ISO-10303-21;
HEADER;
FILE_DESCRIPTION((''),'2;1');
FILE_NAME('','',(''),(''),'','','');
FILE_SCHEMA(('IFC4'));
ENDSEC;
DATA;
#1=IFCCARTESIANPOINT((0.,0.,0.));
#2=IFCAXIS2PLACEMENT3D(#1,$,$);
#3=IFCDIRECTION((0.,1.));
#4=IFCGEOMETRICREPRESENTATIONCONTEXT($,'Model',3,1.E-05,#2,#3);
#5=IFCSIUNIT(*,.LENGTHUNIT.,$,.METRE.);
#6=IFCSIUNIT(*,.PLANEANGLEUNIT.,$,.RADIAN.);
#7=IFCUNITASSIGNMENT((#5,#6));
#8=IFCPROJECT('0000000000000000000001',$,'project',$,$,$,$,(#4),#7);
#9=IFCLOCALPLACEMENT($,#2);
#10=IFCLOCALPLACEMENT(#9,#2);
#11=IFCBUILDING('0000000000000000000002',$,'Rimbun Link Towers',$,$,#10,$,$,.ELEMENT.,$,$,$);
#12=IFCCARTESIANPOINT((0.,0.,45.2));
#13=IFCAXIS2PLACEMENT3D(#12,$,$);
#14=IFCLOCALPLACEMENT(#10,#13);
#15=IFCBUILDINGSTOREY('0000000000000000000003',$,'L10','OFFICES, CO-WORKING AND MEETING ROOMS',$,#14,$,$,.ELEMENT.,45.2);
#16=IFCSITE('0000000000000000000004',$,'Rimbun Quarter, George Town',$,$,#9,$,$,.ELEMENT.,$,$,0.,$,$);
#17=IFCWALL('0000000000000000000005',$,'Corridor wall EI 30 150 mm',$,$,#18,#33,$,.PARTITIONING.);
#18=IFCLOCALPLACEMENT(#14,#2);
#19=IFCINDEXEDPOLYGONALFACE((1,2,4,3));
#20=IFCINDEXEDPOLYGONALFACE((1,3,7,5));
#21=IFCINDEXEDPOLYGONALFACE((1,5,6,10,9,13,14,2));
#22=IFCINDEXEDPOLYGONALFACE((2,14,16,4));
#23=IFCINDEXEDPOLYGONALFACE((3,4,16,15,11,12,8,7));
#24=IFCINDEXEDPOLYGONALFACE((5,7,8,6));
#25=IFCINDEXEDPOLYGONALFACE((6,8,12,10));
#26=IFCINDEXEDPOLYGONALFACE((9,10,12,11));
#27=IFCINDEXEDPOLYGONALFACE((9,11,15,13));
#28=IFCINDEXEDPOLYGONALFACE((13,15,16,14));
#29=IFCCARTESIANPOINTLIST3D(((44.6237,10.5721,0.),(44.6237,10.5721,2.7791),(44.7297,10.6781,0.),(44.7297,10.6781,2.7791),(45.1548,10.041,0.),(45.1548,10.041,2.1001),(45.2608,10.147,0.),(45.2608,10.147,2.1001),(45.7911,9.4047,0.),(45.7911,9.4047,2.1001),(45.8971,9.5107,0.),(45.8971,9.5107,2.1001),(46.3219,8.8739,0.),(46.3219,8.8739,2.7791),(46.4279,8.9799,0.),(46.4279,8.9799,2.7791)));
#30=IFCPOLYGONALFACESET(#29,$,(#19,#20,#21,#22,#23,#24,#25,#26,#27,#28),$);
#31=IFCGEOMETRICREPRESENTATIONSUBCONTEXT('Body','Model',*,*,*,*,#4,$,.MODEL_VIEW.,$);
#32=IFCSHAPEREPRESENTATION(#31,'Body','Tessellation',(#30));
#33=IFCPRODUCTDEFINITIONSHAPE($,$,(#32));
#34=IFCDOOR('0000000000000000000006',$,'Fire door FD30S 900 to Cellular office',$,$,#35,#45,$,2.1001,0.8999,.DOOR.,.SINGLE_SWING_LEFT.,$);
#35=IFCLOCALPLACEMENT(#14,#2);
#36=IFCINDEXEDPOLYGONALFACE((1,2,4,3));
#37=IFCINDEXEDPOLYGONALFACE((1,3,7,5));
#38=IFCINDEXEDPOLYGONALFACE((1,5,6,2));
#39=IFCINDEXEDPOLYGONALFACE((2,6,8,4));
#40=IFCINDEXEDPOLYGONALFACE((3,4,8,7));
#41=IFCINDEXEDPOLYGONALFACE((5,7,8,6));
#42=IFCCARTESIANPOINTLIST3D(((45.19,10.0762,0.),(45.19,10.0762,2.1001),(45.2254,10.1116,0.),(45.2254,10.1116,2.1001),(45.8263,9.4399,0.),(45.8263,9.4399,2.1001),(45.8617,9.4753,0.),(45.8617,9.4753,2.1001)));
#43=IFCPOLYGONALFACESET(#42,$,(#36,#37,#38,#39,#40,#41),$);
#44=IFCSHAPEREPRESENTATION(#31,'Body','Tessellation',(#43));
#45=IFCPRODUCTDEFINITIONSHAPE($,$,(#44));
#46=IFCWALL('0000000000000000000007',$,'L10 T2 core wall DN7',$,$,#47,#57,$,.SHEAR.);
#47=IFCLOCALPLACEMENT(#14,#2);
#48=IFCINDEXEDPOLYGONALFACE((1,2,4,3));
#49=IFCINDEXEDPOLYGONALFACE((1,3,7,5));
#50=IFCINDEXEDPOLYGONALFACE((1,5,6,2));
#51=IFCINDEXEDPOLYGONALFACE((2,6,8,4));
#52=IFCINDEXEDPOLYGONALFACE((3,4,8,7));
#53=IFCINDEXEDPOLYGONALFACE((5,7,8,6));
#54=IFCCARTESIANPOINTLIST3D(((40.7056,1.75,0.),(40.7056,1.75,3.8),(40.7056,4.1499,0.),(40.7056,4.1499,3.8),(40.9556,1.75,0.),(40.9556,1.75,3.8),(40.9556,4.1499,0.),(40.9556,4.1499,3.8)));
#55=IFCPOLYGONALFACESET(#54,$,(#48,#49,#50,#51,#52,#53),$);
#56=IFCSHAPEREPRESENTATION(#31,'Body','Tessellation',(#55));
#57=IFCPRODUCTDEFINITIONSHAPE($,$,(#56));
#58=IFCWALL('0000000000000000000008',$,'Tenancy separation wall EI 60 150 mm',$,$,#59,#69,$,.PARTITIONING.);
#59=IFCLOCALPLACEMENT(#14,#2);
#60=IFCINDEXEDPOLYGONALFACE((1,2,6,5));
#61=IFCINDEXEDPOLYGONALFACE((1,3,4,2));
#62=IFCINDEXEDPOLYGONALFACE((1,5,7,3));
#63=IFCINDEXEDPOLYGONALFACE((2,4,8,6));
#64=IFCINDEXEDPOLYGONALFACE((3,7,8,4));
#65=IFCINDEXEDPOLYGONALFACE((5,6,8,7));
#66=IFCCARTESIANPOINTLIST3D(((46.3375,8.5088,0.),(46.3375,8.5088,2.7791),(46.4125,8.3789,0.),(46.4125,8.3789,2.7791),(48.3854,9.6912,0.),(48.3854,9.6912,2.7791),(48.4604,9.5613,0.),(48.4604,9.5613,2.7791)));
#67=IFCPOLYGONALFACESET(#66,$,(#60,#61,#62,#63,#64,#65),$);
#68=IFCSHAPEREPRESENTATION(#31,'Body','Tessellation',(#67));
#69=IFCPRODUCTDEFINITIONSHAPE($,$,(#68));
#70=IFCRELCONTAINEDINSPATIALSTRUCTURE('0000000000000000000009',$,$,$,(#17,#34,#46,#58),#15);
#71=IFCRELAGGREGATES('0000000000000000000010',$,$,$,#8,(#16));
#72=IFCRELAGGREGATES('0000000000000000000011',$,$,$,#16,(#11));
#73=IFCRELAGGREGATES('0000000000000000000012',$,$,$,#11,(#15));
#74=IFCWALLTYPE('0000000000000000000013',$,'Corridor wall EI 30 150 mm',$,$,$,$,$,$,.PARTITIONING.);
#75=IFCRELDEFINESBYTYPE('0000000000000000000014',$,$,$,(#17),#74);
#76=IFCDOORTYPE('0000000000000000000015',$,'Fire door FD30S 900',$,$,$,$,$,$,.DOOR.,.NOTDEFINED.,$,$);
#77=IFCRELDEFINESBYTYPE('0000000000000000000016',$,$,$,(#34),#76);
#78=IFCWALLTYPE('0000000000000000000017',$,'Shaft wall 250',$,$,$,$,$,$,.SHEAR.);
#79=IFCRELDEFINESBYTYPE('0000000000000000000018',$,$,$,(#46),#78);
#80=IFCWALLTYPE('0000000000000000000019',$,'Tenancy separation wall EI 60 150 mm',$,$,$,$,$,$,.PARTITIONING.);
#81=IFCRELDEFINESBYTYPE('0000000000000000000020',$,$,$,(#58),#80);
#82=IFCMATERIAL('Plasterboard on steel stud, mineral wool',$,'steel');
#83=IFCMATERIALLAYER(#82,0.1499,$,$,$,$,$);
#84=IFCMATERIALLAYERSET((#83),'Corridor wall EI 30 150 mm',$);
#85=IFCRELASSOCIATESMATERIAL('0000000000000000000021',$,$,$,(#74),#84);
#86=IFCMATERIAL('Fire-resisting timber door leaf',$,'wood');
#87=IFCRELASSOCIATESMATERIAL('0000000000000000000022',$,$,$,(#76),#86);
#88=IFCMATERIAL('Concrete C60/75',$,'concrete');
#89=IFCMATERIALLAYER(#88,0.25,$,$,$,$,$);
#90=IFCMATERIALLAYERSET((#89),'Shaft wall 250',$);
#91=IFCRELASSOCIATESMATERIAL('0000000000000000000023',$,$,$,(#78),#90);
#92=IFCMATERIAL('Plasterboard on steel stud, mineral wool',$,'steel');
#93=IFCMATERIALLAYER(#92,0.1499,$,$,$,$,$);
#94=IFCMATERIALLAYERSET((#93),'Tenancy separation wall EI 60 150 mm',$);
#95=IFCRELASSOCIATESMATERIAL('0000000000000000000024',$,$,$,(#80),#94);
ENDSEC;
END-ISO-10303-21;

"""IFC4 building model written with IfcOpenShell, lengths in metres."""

from ifc_helpers import new_model, si_unit, direction, frame, frame_2d, origin, place, context, subcontext, project, spatial, rectangle, extrude, material, layer, layer_set, type_object, element, fill, save


model = new_model("IFC4")

# Units and contexts
model_context = context("Model", 3, precision=1e-05, world=origin(), true_north=direction((0.0, 1.0)))
body_context = subcontext(model_context, "Body", "Model", "MODEL_VIEW")
ifc_project = project(units=[si_unit("LENGTHUNIT", "METRE"), si_unit("PLANEANGLEUNIT", "RADIAN")], contexts=[model_context])

# Site, building, storey
site_placement = place(None, origin())
site = spatial("IfcSite", under=ifc_project, at=site_placement, Name="Rimbun Quarter, George Town", CompositionType="ELEMENT", RefElevation=0.0)
building_placement = place(site_placement, origin())
building = spatial("IfcBuilding", under=site, at=building_placement, Name="Rimbun Link Towers", CompositionType="ELEMENT")
storey_placement = place(building_placement, frame((0.0, 0.0, 45.2)))
storey = spatial("IfcBuildingStorey", under=building, at=storey_placement, Name="L10", Description="OFFICES, CO-WORKING AND MEETING ROOMS", CompositionType="ELEMENT", Elevation=45.2)

# Wall, opening, door
ifc_material_1 = material(Name="Plasterboard on steel stud, mineral wool", Category="steel")
ifc_layer_1 = layer(ifc_material_1, 0.1499)
ifc_layer_set_1 = layer_set([ifc_layer_1], Name="Corridor wall EI 30 150 mm")
wall_type_1 = type_object("IfcWallType", Name="Corridor wall EI 30 150 mm", PredefinedType="PARTITIONING", material=ifc_layer_set_1)
wall_1_placement = place(storey_placement, frame((44.6768, 10.625, 0.0), z_axis=(0.0, 0.0, 1.0), x_axis=(0.707107, -0.707107, 0.0)))
wall_1 = element("IfcWall", 1, at=wall_1_placement, inside=storey, type_object=wall_type_1, Name="Corridor wall EI 30 150 mm", PredefinedType="PARTITIONING", context=body_context, shape_type="SweptSolid", body=[
    extrude(rectangle(XDim=2.4016, YDim=0.1499, at=frame_2d((1.2007, 0.0))), origin(), (0.0, 0.0, 1.0), 2.7791),
])
opening_1_placement = place(wall_1_placement, frame((0.751, 0.0, 0.0)))
opening_1 = element("IfcOpeningElement", 2, at=opening_1_placement, cuts=wall_1, PredefinedType="OPENING", context=body_context, shape_type="SweptSolid", body=[
    extrude(rectangle(XDim=0.8999, YDim=2.1001, at=frame_2d((0.45, 1.05))), frame((0.0, 0.085, 0.0), z_axis=(0.0, -1.0, 0.0), x_axis=(1.0, 0.0, 0.0)), (0.0, 0.0, 1.0), 0.1699),
])
ifc_material_2 = material(Name="Fire-resisting timber door leaf", Category="wood")
door_type_1 = type_object("IfcDoorType", Name="Fire door FD30S 900", OperationType="NOTDEFINED", PredefinedType="DOOR", material=ifc_material_2)
door_1_placement = place(opening_1_placement, origin())
door_1 = element("IfcDoor", 3, at=door_1_placement, inside=storey, type_object=door_type_1, Name="Fire door FD30S 900 to Cellular office", OperationType="SINGLE_SWING_LEFT", OverallHeight=2.1001, OverallWidth=0.8999, PredefinedType="DOOR", context=body_context, shape_type="SweptSolid", body=[
    extrude(rectangle(XDim=0.8999, YDim=2.1001, at=frame_2d((0.45, 1.05))), frame((0.0, 0.0249, 0.0), z_axis=(0.0, -1.0, 0.0), x_axis=(1.0, 0.0, 0.0)), (0.0, 0.0, 1.0), 0.05),
])
fill(opening_1, door_1)

# Walls
ifc_material_3 = material(Name="Concrete C60/75", Category="concrete")
ifc_layer_2 = layer(ifc_material_3, 0.25)
ifc_layer_set_2 = layer_set([ifc_layer_2], Name="Shaft wall 250")
wall_type_2 = type_object("IfcWallType", Name="Shaft wall 250", PredefinedType="SHEAR", material=ifc_layer_set_2)
wall_2_placement = place(storey_placement, frame((40.8306, 1.75, 0.0), z_axis=(0.0, 0.0, 1.0), x_axis=(0.0, 1.0, 0.0)))
element("IfcWall", 4, at=wall_2_placement, inside=storey, type_object=wall_type_2, Name="L10 T2 core wall DN7", PredefinedType="SHEAR", context=body_context, shape_type="SweptSolid", body=[
    extrude(rectangle(XDim=2.3999, YDim=0.25, at=frame_2d((1.2, 0.0))), origin(), (0.0, 0.0, 1.0), 3.8),
])
ifc_material_4 = material(Name="Plasterboard on steel stud, mineral wool", Category="steel")
ifc_layer_3 = layer(ifc_material_4, 0.1499)
ifc_layer_set_3 = layer_set([ifc_layer_3], Name="Tenancy separation wall EI 60 150 mm")
wall_type_3 = type_object("IfcWallType", Name="Tenancy separation wall EI 60 150 mm", PredefinedType="PARTITIONING", material=ifc_layer_set_3)
wall_3_placement = place(storey_placement, frame((46.375, 8.4438, 0.0), z_axis=(0.0, 0.0, 1.0), x_axis=(0.866017, 0.500014, 0.0)))
element("IfcWall", 5, at=wall_3_placement, inside=storey, type_object=wall_type_3, Name="Tenancy separation wall EI 60 150 mm", PredefinedType="PARTITIONING", context=body_context, shape_type="SweptSolid", body=[
    extrude(rectangle(XDim=2.3647, YDim=0.1499, at=frame_2d((1.1824, 0.0))), origin(), (0.0, 0.0, 1.0), 2.7791),
])

save(model, "model.ifc")
